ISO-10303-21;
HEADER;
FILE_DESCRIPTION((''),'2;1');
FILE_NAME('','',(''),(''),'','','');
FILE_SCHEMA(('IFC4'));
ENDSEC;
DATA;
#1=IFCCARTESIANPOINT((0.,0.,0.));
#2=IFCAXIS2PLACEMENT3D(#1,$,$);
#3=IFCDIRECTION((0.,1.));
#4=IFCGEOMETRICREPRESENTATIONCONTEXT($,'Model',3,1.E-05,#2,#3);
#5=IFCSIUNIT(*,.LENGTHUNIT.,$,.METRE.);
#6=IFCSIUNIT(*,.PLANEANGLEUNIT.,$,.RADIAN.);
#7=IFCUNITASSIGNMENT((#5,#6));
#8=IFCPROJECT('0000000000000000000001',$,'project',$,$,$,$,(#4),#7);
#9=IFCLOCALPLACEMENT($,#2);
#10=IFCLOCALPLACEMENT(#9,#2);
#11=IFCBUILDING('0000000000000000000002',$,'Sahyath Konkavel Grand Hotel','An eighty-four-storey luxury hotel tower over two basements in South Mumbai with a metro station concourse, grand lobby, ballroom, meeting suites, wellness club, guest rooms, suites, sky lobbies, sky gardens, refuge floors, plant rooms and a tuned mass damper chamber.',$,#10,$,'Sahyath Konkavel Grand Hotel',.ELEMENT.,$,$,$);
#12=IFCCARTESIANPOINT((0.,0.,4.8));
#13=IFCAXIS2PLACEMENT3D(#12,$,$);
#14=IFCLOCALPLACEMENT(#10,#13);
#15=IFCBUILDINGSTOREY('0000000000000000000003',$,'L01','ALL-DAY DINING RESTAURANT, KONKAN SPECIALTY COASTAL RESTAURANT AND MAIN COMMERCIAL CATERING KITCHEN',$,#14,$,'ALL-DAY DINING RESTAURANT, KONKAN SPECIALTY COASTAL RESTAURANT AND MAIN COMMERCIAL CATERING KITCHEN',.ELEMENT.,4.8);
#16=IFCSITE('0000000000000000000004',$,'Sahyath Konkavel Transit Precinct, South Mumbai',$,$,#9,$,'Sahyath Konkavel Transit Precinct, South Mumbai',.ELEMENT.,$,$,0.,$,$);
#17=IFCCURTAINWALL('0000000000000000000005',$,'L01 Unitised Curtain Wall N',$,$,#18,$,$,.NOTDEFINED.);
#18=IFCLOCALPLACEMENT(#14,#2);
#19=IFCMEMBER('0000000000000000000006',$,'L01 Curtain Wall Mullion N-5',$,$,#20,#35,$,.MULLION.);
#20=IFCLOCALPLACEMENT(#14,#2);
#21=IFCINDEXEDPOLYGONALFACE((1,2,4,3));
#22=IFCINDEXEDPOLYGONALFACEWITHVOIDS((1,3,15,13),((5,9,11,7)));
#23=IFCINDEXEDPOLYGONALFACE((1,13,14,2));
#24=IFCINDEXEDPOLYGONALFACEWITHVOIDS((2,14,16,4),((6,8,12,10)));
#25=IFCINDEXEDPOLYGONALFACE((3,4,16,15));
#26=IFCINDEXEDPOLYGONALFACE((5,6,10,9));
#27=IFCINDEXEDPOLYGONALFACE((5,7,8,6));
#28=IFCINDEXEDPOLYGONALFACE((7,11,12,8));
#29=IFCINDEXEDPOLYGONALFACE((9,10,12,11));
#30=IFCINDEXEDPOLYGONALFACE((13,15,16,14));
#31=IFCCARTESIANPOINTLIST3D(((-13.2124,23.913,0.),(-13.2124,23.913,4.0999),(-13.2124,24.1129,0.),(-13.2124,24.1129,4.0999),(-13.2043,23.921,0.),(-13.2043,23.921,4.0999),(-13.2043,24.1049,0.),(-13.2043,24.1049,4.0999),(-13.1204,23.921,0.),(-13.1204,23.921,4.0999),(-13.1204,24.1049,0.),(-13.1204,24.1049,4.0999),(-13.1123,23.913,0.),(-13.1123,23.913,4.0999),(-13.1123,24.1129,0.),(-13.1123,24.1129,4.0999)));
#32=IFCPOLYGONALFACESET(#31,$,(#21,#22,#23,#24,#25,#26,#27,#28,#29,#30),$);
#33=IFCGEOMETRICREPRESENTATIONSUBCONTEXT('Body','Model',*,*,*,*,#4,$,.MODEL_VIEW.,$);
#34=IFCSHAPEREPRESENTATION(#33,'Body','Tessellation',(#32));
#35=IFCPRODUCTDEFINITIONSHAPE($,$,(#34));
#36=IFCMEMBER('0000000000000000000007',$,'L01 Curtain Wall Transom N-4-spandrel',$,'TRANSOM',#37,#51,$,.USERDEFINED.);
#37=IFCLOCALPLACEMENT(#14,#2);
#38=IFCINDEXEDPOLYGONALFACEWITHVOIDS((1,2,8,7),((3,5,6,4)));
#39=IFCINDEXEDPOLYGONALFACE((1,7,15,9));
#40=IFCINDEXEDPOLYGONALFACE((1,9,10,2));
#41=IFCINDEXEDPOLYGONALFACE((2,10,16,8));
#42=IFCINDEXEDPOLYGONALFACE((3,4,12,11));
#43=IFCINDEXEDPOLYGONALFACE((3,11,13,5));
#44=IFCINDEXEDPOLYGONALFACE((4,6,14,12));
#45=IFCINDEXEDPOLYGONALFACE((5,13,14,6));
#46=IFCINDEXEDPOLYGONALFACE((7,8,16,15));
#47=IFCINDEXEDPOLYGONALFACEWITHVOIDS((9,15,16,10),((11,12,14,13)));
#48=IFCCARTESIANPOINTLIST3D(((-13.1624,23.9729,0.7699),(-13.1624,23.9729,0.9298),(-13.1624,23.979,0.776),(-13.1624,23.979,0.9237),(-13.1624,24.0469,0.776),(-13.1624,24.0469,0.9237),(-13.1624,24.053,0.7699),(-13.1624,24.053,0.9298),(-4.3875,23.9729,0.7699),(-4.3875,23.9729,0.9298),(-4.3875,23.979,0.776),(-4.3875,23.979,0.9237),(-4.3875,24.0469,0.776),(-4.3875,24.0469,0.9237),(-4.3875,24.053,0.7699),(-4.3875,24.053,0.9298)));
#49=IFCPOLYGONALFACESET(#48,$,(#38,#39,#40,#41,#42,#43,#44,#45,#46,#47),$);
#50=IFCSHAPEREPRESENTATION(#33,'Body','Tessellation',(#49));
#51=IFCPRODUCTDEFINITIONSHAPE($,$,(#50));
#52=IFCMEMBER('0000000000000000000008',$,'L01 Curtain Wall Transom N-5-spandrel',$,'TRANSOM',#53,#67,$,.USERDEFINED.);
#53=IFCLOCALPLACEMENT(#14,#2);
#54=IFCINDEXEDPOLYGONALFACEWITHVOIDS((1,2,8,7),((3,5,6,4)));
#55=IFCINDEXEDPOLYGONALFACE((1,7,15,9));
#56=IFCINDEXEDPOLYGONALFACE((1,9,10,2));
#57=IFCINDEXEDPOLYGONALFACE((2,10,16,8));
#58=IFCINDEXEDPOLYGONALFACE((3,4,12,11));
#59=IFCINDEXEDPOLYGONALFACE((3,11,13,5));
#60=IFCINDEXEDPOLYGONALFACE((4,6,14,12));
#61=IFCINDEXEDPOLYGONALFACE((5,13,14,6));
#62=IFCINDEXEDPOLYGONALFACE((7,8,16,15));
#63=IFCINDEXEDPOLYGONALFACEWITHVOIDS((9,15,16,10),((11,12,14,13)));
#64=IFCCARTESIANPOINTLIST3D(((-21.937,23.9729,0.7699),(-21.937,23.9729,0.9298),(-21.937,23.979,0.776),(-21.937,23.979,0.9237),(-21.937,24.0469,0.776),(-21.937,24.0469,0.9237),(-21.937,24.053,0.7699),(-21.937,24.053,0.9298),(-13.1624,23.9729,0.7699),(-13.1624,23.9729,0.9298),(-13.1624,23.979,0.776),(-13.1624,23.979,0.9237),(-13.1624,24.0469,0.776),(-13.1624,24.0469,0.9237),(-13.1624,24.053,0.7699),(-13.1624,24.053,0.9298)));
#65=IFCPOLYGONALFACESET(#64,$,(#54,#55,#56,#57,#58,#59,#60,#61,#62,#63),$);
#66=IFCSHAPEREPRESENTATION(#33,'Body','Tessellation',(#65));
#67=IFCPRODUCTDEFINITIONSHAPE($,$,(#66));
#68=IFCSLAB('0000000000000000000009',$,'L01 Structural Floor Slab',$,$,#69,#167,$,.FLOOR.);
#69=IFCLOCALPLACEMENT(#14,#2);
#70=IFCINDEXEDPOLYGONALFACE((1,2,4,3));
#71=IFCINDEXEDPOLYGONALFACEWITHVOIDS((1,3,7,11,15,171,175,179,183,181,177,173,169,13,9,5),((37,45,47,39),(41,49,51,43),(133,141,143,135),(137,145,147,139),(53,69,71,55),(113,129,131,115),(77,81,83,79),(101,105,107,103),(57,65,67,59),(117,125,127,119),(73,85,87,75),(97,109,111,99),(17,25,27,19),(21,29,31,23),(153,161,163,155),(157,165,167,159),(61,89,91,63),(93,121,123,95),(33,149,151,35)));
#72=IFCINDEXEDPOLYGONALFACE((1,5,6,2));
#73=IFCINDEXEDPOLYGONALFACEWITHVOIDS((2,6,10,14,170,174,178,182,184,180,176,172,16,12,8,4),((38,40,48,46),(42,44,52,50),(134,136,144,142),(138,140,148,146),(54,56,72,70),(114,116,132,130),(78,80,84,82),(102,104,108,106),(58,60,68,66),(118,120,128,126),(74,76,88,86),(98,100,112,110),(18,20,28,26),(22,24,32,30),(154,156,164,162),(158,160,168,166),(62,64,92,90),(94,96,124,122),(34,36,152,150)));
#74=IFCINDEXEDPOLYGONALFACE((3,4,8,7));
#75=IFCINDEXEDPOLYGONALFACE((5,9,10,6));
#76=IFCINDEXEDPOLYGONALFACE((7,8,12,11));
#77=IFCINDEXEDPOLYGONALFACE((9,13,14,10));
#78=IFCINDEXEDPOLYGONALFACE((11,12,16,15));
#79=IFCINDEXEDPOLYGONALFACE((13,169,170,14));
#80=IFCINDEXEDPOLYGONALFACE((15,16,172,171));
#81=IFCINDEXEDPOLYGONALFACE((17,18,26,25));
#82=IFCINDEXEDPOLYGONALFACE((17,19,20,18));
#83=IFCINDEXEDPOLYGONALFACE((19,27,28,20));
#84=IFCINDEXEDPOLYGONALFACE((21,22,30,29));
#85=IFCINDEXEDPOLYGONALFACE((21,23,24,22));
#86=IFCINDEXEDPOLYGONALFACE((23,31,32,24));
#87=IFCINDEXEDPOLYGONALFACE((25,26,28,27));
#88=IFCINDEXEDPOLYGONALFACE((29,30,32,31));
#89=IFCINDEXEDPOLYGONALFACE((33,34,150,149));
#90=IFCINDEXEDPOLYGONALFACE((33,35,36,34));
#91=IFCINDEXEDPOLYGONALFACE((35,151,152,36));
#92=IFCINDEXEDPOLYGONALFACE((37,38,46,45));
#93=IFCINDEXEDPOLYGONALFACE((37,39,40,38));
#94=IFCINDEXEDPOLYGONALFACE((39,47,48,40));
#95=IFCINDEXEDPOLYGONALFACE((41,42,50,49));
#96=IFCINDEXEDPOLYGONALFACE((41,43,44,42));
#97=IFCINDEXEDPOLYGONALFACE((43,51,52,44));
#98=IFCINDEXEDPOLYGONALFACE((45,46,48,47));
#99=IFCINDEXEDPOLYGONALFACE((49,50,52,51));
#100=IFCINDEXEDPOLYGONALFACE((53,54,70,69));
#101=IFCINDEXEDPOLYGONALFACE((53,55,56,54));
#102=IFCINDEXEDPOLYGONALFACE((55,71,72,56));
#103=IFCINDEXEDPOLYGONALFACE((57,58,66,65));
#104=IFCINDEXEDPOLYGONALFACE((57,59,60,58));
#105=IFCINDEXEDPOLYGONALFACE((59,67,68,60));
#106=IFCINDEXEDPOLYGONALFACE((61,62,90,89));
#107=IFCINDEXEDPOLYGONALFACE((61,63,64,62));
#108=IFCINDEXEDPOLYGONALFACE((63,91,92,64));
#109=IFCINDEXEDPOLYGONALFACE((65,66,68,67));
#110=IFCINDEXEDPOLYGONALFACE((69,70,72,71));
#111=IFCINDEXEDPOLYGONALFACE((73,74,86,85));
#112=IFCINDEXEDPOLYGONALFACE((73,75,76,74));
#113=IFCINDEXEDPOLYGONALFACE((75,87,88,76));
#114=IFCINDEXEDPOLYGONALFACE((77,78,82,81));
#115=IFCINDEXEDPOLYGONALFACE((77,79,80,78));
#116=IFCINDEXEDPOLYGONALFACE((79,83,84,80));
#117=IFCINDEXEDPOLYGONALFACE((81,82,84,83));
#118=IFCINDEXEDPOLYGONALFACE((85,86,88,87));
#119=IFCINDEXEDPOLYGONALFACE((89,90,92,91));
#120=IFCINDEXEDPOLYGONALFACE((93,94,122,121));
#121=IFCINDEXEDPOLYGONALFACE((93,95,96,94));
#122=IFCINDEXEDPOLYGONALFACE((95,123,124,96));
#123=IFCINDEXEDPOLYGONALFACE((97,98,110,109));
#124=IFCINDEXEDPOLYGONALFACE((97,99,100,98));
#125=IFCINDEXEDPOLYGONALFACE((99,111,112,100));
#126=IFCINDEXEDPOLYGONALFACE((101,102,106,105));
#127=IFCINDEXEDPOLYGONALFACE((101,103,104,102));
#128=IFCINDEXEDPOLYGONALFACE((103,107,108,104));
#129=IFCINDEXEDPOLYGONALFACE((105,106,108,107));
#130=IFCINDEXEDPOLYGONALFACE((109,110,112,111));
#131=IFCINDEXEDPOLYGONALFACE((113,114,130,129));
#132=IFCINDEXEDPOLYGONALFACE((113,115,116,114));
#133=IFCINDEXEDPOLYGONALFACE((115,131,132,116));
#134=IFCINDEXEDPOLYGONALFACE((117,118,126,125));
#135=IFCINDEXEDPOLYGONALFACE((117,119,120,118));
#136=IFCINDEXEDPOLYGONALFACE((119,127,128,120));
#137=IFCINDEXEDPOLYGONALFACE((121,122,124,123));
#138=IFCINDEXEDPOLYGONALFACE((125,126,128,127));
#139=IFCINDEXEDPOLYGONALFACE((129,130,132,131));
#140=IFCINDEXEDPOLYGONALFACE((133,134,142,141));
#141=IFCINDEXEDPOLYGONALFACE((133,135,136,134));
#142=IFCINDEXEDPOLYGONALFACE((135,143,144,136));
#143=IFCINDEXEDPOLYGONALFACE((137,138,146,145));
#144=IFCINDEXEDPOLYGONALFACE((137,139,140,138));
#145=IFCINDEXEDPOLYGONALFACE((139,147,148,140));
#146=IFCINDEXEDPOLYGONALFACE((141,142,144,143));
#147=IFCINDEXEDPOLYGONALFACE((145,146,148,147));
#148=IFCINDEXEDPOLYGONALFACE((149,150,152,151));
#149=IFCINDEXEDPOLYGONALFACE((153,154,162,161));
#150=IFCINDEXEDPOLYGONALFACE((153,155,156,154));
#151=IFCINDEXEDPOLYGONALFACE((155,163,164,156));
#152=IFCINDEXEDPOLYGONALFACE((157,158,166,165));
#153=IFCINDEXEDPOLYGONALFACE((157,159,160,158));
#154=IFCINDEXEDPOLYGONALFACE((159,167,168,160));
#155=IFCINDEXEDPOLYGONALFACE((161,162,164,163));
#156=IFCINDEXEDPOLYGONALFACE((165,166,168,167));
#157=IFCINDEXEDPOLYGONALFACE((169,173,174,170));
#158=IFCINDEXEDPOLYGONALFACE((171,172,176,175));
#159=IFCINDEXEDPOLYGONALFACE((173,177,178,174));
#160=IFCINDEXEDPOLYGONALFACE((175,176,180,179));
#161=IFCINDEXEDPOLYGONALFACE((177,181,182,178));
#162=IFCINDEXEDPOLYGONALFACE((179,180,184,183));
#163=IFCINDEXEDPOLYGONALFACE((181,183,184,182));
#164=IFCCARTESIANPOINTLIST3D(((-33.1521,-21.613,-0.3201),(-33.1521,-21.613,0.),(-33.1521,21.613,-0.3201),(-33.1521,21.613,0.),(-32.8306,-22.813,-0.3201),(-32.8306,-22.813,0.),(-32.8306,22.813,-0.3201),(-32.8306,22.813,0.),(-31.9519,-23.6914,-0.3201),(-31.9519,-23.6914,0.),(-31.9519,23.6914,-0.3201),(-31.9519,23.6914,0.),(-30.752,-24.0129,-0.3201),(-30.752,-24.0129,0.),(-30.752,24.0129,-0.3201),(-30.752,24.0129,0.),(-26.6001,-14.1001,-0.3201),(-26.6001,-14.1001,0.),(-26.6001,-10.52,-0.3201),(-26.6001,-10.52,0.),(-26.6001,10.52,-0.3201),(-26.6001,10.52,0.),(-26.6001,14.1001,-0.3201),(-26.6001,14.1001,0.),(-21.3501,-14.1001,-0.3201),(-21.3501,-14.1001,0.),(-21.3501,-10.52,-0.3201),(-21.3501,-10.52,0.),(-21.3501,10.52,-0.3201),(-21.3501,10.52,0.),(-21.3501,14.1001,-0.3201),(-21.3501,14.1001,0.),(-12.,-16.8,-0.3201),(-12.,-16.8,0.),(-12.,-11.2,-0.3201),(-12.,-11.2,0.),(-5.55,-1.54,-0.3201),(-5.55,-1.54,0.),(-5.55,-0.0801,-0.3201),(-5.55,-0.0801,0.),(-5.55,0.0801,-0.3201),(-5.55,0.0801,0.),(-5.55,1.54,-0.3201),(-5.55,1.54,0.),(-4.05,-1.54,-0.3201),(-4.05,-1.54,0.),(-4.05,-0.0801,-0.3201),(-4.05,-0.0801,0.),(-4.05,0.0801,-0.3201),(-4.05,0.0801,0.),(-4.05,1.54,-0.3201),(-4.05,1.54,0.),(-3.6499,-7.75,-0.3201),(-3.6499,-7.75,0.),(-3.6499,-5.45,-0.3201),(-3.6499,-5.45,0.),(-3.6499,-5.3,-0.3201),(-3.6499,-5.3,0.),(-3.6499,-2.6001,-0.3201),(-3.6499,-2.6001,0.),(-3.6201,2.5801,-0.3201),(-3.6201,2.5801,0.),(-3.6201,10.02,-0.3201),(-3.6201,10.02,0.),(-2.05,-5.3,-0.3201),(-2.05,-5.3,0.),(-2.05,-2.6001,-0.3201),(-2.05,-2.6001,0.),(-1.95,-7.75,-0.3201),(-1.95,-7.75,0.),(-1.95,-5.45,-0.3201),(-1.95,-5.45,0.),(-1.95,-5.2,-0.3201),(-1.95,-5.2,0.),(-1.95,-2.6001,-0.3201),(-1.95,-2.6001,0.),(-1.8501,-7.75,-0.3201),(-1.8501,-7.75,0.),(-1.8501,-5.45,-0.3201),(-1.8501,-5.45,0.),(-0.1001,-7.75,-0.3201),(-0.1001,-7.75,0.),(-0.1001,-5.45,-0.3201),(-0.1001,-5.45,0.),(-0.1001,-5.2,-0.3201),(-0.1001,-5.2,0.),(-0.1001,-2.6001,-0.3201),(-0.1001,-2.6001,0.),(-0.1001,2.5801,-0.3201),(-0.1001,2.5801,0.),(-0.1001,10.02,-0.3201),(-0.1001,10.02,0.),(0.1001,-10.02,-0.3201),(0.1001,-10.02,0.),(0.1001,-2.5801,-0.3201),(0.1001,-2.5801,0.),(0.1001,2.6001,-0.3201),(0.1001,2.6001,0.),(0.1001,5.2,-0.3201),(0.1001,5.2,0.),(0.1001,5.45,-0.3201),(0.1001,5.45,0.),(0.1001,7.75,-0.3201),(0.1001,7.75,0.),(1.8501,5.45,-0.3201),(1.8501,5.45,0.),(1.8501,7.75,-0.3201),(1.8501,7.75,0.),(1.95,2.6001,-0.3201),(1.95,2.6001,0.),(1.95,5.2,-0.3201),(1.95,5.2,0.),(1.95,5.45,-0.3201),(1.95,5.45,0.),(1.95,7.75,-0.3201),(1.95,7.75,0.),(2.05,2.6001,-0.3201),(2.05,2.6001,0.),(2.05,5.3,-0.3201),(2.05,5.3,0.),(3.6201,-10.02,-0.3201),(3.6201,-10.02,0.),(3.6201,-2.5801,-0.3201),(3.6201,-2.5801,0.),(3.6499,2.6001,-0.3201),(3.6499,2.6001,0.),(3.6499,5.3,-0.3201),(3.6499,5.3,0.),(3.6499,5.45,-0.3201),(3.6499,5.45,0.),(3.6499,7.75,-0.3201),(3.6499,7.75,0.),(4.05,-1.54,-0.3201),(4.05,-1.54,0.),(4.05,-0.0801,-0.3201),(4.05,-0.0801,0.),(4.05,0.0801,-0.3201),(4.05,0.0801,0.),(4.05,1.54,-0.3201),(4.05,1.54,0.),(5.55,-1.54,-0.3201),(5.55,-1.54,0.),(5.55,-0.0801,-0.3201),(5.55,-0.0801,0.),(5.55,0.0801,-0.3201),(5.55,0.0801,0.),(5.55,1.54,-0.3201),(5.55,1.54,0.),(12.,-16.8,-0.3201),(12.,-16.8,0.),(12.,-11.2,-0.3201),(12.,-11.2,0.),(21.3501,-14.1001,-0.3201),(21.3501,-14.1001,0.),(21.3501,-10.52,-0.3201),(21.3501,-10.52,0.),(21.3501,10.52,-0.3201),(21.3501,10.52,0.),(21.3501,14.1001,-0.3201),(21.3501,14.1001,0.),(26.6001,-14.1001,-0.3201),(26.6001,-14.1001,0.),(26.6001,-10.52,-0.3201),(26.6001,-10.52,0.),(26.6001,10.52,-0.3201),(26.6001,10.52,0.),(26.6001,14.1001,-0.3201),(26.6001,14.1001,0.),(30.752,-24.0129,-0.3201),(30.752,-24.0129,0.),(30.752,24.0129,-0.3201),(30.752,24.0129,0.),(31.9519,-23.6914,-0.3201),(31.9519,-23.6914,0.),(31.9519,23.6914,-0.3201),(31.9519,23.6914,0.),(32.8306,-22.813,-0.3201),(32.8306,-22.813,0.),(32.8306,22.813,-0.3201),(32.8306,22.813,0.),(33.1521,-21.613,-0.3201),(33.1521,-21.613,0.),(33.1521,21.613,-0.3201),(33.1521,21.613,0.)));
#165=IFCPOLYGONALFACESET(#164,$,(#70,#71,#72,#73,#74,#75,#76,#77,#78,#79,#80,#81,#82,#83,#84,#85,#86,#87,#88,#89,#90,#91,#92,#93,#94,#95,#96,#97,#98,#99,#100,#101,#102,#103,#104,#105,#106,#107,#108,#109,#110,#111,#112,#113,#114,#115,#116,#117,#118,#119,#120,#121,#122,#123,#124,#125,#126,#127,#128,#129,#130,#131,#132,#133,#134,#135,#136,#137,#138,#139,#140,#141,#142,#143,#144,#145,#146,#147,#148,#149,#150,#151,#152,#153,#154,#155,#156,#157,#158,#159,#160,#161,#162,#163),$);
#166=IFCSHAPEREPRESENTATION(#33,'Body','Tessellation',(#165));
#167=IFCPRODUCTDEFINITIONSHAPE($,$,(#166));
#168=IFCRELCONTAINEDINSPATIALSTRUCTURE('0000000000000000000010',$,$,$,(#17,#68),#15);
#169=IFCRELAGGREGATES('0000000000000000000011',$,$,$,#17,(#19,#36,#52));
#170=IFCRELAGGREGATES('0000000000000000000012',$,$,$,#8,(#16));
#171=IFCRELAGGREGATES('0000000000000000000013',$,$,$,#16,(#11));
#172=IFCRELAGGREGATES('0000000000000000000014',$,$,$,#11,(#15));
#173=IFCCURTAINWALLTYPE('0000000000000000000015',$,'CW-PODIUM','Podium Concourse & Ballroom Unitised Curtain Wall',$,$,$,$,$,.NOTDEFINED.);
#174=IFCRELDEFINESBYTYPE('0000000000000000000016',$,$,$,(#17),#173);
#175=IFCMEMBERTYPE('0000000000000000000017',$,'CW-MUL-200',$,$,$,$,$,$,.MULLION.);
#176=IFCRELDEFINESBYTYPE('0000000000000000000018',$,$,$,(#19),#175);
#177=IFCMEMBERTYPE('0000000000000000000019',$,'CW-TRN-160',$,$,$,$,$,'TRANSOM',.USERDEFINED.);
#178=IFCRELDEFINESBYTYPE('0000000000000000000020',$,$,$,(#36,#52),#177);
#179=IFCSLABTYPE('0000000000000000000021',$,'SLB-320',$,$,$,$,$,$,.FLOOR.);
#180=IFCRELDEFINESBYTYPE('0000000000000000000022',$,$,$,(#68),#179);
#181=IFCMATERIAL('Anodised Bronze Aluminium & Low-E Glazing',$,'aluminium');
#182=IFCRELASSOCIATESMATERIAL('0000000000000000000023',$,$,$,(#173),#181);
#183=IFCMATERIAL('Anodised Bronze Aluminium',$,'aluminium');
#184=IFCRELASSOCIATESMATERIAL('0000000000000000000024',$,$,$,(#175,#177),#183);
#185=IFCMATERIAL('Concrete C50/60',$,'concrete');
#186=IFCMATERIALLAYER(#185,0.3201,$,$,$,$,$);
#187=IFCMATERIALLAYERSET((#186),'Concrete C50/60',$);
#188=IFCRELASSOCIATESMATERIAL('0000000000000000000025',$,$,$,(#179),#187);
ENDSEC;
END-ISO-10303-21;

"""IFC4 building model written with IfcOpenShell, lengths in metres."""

from ifc_helpers import new_model, si_unit, direction, frame, origin, origin_2d, place, context, subcontext, project, spatial, polyline, hollow_rectangle, outline, extrude, source, transform, mapped, material, layer, layer_set, material_profile, profile_set, type_object, element, aggregate, save


model = new_model("IFC4")

# Units and contexts
model_context = context("Model", 3, precision=1e-05, world=origin(), true_north=direction((0.0, 1.0)))
body_context = subcontext(model_context, "Body", "Model", "MODEL_VIEW")
ifc_project = project(units=[si_unit("LENGTHUNIT", "METRE"), si_unit("PLANEANGLEUNIT", "RADIAN")], contexts=[model_context])

# Site, building, storey
site_placement = place(None, origin())
site = spatial("IfcSite", under=ifc_project, at=site_placement, Name="Sahyath Konkavel Transit Precinct, South Mumbai", LongName="Sahyath Konkavel Transit Precinct, South Mumbai", CompositionType="ELEMENT", RefElevation=0.0)
building_placement = place(site_placement, origin())
building = spatial("IfcBuilding", under=site, at=building_placement, Name="Sahyath Konkavel Grand Hotel", Description="An eighty-four-storey luxury hotel tower over two basements in South Mumbai with a metro station concourse, grand lobby, ballroom, meeting suites, wellness club, guest rooms, suites, sky lobbies, sky gardens, refuge floors, plant rooms and a tuned mass damper chamber.", LongName="Sahyath Konkavel Grand Hotel", CompositionType="ELEMENT")
storey_placement = place(building_placement, frame((0.0, 0.0, 4.8)))
storey = spatial("IfcBuildingStorey", under=building, at=storey_placement, Name="L01", Description="ALL-DAY DINING RESTAURANT, KONKAN SPECIALTY COASTAL RESTAURANT AND MAIN COMMERCIAL CATERING KITCHEN", LongName="ALL-DAY DINING RESTAURANT, KONKAN SPECIALTY COASTAL RESTAURANT AND MAIN COMMERCIAL CATERING KITCHEN", CompositionType="ELEMENT", Elevation=4.8)

# Curtain wall, members
ifc_material_1 = material(Name="Anodised Bronze Aluminium & Low-E Glazing", Category="aluminium")
curtain_wall_type = type_object("IfcCurtainWallType", Name="CW-PODIUM", Description="Podium Concourse & Ballroom Unitised Curtain Wall", PredefinedType="NOTDEFINED", material=ifc_material_1)
curtain_wall_placement = place(storey_placement, origin())
curtain_wall = element("IfcCurtainWall", 1, at=curtain_wall_placement, inside=storey, type_object=curtain_wall_type, Name="L01 Unitised Curtain Wall N", PredefinedType="NOTDEFINED")
ifc_material_2 = material(Name="Anodised Bronze Aluminium", Category="aluminium")
ifc_material_profile_1 = material_profile(ifc_material_2, hollow_rectangle(XDim=0.1001, YDim=0.2, WallThickness=0.0081, at=origin_2d()), Name="RHS 200x100x8")
ifc_profile_set_1 = profile_set([ifc_material_profile_1], Name="Anodised Bronze Aluminium")
member_type_1 = type_object("IfcMemberType", Name="CW-MUL-200", PredefinedType="MULLION", material=ifc_profile_set_1)
shared_shape_1 = source(origin(), body_context, "Body", "SweptSolid", [
    extrude(hollow_rectangle(XDim=0.1001, YDim=0.2, WallThickness=0.0081, at=origin_2d()), origin(), (0.0, 0.0, 1.0), 4.0999),
])
member_1_placement = place(storey_placement, frame((-13.1624, 24.0129, 0.0), z_axis=(0.0, 0.0, 1.0), x_axis=(1.0, 0.0, 0.0)))
member_1 = element("IfcMember", 2, at=member_1_placement, type_object=member_type_1, Name="L01 Curtain Wall Mullion N-5", PredefinedType="MULLION", context=body_context, shape_type="MappedRepresentation", body=[
    mapped(shared_shape_1, transform((0.0, 0.0, 0.0), scale=1.0)),
])
ifc_material_profile_2 = material_profile(ifc_material_2, hollow_rectangle(XDim=0.0801, YDim=0.1599, WallThickness=0.0061, at=origin_2d()), Name="RHS 160x80x6")
ifc_profile_set_2 = profile_set([ifc_material_profile_2], Name="Anodised Bronze Aluminium")
member_type_2 = type_object("IfcMemberType", Name="CW-TRN-160", ElementType="TRANSOM", PredefinedType="USERDEFINED", material=ifc_profile_set_2)
shared_shape_2 = source(origin(), body_context, "Body", "SweptSolid", [
    extrude(hollow_rectangle(XDim=0.0801, YDim=0.1599, WallThickness=0.0061, at=origin_2d()), origin(), (0.0, 0.0, 1.0), 8.7749),
])
member_2_placement = place(storey_placement, frame((-4.3875, 24.0129, 0.8499), z_axis=(-1.0, 0.0, 0.0), x_axis=(0.0, -1.0, 0.0)))
member_2 = element("IfcMember", 3, at=member_2_placement, type_object=member_type_2, Name="L01 Curtain Wall Transom N-4-spandrel", ObjectType="TRANSOM", PredefinedType="USERDEFINED", context=body_context, shape_type="MappedRepresentation", body=[
    mapped(shared_shape_2, transform((0.0, 0.0, 0.0), scale=1.0)),
])
shared_shape_3 = source(origin(), body_context, "Body", "SweptSolid", [
    extrude(hollow_rectangle(XDim=0.0801, YDim=0.1599, WallThickness=0.0061, at=origin_2d()), origin(), (0.0, 0.0, 1.0), 8.7747),
])
member_3_placement = place(storey_placement, frame((-13.1624, 24.0129, 0.8499), z_axis=(-1.0, 0.0, 0.0), x_axis=(0.0, -1.0, 0.0)))
member_3 = element("IfcMember", 4, at=member_3_placement, type_object=member_type_2, Name="L01 Curtain Wall Transom N-5-spandrel", ObjectType="TRANSOM", PredefinedType="USERDEFINED", context=body_context, shape_type="MappedRepresentation", body=[
    mapped(shared_shape_3, transform((0.0, 0.0, 0.0), scale=1.0)),
])

# Slab
ifc_material_3 = material(Name="Concrete C50/60", Category="concrete")
ifc_layer_1 = layer(ifc_material_3, 0.3201)
ifc_layer_set_1 = layer_set([ifc_layer_1], Name="Concrete C50/60")
slab_type_1 = type_object("IfcSlabType", Name="SLB-320", PredefinedType="FLOOR", material=ifc_layer_set_1)
slab_1_placement = place(storey_placement, frame((0.0, 0.0, -0.3201)))
element("IfcSlab", 5, at=slab_1_placement, inside=storey, type_object=slab_type_1, Name="L01 Structural Floor Slab", PredefinedType="FLOOR", context=body_context, shape_type="SweptSolid", body=[
    extrude(outline(polyline([(30.752, -24.0129), (31.9519, -23.6914), (32.8306, -22.813), (33.1521, -21.613), (33.1521, 21.613), (32.8306, 22.813), (31.9519, 23.6914), (30.752, 24.0129), (-30.752, 24.0129), (-31.9519, 23.6914), (-32.8306, 22.813), (-33.1521, 21.613), (-33.1521, -21.613), (-32.8306, -22.813), (-31.9519, -23.6914), (-30.752, -24.0129), (30.752, -24.0129)]), holes=[polyline([(-3.6201, 2.5801), (-0.1001, 2.5801), (-0.1001, 10.02), (-3.6201, 10.02), (-3.6201, 2.5801)]), polyline([(0.1001, -10.02), (3.6201, -10.02), (3.6201, -2.5801), (0.1001, -2.5801), (0.1001, -10.02)]), polyline([(-26.6001, 10.52), (-21.3501, 10.52), (-21.3501, 14.1001), (-26.6001, 14.1001), (-26.6001, 10.52)]), polyline([(21.3501, 10.52), (26.6001, 10.52), (26.6001, 14.1001), (21.3501, 14.1001), (21.3501, 10.52)]), polyline([(-26.6001, -14.1001), (-21.3501, -14.1001), (-21.3501, -10.52), (-26.6001, -10.52), (-26.6001, -14.1001)]), polyline([(21.3501, -14.1001), (26.6001, -14.1001), (26.6001, -10.52), (21.3501, -10.52), (21.3501, -14.1001)]), polyline([(-12.0, -16.8), (12.0, -16.8), (12.0, -11.2), (-12.0, -11.2), (-12.0, -16.8)]), polyline([(0.1001, 2.6001), (1.95, 2.6001), (1.95, 5.2), (0.1001, 5.2), (0.1001, 2.6001)]), polyline([(-1.95, -5.2), (-0.1001, -5.2), (-0.1001, -2.6001), (-1.95, -2.6001), (-1.95, -5.2)]), polyline([(2.05, 2.6001), (3.6499, 2.6001), (3.6499, 5.3), (2.05, 5.3), (2.05, 2.6001)]), polyline([(-3.6499, -5.3), (-2.05, -5.3), (-2.05, -2.6001), (-3.6499, -2.6001), (-3.6499, -5.3)]), polyline([(0.1001, 5.45), (1.8501, 5.45), (1.8501, 7.75), (0.1001, 7.75), (0.1001, 5.45)]), polyline([(1.95, 5.45), (3.6499, 5.45), (3.6499, 7.75), (1.95, 7.75), (1.95, 5.45)]), polyline([(-3.6499, -7.75), (-1.95, -7.75), (-1.95, -5.45), (-3.6499, -5.45), (-3.6499, -7.75)]), polyline([(-1.8501, -7.75), (-0.1001, -7.75), (-0.1001, -5.45), (-1.8501, -5.45), (-1.8501, -7.75)]), polyline([(4.05, 0.0801), (5.55, 0.0801), (5.55, 1.54), (4.05, 1.54), (4.05, 0.0801)]), polyline([(4.05, -1.54), (5.55, -1.54), (5.55, -0.0801), (4.05, -0.0801), (4.05, -1.54)]), polyline([(-5.55, 0.0801), (-4.05, 0.0801), (-4.05, 1.54), (-5.55, 1.54), (-5.55, 0.0801)]), polyline([(-5.55, -1.54), (-4.05, -1.54), (-4.05, -0.0801), (-5.55, -0.0801), (-5.55, -1.54)])]), origin(), (0.0, 0.0, 1.0), 0.3201),
])

aggregate(curtain_wall, [member_1, member_2, member_3])

save(model, "model.ifc")
